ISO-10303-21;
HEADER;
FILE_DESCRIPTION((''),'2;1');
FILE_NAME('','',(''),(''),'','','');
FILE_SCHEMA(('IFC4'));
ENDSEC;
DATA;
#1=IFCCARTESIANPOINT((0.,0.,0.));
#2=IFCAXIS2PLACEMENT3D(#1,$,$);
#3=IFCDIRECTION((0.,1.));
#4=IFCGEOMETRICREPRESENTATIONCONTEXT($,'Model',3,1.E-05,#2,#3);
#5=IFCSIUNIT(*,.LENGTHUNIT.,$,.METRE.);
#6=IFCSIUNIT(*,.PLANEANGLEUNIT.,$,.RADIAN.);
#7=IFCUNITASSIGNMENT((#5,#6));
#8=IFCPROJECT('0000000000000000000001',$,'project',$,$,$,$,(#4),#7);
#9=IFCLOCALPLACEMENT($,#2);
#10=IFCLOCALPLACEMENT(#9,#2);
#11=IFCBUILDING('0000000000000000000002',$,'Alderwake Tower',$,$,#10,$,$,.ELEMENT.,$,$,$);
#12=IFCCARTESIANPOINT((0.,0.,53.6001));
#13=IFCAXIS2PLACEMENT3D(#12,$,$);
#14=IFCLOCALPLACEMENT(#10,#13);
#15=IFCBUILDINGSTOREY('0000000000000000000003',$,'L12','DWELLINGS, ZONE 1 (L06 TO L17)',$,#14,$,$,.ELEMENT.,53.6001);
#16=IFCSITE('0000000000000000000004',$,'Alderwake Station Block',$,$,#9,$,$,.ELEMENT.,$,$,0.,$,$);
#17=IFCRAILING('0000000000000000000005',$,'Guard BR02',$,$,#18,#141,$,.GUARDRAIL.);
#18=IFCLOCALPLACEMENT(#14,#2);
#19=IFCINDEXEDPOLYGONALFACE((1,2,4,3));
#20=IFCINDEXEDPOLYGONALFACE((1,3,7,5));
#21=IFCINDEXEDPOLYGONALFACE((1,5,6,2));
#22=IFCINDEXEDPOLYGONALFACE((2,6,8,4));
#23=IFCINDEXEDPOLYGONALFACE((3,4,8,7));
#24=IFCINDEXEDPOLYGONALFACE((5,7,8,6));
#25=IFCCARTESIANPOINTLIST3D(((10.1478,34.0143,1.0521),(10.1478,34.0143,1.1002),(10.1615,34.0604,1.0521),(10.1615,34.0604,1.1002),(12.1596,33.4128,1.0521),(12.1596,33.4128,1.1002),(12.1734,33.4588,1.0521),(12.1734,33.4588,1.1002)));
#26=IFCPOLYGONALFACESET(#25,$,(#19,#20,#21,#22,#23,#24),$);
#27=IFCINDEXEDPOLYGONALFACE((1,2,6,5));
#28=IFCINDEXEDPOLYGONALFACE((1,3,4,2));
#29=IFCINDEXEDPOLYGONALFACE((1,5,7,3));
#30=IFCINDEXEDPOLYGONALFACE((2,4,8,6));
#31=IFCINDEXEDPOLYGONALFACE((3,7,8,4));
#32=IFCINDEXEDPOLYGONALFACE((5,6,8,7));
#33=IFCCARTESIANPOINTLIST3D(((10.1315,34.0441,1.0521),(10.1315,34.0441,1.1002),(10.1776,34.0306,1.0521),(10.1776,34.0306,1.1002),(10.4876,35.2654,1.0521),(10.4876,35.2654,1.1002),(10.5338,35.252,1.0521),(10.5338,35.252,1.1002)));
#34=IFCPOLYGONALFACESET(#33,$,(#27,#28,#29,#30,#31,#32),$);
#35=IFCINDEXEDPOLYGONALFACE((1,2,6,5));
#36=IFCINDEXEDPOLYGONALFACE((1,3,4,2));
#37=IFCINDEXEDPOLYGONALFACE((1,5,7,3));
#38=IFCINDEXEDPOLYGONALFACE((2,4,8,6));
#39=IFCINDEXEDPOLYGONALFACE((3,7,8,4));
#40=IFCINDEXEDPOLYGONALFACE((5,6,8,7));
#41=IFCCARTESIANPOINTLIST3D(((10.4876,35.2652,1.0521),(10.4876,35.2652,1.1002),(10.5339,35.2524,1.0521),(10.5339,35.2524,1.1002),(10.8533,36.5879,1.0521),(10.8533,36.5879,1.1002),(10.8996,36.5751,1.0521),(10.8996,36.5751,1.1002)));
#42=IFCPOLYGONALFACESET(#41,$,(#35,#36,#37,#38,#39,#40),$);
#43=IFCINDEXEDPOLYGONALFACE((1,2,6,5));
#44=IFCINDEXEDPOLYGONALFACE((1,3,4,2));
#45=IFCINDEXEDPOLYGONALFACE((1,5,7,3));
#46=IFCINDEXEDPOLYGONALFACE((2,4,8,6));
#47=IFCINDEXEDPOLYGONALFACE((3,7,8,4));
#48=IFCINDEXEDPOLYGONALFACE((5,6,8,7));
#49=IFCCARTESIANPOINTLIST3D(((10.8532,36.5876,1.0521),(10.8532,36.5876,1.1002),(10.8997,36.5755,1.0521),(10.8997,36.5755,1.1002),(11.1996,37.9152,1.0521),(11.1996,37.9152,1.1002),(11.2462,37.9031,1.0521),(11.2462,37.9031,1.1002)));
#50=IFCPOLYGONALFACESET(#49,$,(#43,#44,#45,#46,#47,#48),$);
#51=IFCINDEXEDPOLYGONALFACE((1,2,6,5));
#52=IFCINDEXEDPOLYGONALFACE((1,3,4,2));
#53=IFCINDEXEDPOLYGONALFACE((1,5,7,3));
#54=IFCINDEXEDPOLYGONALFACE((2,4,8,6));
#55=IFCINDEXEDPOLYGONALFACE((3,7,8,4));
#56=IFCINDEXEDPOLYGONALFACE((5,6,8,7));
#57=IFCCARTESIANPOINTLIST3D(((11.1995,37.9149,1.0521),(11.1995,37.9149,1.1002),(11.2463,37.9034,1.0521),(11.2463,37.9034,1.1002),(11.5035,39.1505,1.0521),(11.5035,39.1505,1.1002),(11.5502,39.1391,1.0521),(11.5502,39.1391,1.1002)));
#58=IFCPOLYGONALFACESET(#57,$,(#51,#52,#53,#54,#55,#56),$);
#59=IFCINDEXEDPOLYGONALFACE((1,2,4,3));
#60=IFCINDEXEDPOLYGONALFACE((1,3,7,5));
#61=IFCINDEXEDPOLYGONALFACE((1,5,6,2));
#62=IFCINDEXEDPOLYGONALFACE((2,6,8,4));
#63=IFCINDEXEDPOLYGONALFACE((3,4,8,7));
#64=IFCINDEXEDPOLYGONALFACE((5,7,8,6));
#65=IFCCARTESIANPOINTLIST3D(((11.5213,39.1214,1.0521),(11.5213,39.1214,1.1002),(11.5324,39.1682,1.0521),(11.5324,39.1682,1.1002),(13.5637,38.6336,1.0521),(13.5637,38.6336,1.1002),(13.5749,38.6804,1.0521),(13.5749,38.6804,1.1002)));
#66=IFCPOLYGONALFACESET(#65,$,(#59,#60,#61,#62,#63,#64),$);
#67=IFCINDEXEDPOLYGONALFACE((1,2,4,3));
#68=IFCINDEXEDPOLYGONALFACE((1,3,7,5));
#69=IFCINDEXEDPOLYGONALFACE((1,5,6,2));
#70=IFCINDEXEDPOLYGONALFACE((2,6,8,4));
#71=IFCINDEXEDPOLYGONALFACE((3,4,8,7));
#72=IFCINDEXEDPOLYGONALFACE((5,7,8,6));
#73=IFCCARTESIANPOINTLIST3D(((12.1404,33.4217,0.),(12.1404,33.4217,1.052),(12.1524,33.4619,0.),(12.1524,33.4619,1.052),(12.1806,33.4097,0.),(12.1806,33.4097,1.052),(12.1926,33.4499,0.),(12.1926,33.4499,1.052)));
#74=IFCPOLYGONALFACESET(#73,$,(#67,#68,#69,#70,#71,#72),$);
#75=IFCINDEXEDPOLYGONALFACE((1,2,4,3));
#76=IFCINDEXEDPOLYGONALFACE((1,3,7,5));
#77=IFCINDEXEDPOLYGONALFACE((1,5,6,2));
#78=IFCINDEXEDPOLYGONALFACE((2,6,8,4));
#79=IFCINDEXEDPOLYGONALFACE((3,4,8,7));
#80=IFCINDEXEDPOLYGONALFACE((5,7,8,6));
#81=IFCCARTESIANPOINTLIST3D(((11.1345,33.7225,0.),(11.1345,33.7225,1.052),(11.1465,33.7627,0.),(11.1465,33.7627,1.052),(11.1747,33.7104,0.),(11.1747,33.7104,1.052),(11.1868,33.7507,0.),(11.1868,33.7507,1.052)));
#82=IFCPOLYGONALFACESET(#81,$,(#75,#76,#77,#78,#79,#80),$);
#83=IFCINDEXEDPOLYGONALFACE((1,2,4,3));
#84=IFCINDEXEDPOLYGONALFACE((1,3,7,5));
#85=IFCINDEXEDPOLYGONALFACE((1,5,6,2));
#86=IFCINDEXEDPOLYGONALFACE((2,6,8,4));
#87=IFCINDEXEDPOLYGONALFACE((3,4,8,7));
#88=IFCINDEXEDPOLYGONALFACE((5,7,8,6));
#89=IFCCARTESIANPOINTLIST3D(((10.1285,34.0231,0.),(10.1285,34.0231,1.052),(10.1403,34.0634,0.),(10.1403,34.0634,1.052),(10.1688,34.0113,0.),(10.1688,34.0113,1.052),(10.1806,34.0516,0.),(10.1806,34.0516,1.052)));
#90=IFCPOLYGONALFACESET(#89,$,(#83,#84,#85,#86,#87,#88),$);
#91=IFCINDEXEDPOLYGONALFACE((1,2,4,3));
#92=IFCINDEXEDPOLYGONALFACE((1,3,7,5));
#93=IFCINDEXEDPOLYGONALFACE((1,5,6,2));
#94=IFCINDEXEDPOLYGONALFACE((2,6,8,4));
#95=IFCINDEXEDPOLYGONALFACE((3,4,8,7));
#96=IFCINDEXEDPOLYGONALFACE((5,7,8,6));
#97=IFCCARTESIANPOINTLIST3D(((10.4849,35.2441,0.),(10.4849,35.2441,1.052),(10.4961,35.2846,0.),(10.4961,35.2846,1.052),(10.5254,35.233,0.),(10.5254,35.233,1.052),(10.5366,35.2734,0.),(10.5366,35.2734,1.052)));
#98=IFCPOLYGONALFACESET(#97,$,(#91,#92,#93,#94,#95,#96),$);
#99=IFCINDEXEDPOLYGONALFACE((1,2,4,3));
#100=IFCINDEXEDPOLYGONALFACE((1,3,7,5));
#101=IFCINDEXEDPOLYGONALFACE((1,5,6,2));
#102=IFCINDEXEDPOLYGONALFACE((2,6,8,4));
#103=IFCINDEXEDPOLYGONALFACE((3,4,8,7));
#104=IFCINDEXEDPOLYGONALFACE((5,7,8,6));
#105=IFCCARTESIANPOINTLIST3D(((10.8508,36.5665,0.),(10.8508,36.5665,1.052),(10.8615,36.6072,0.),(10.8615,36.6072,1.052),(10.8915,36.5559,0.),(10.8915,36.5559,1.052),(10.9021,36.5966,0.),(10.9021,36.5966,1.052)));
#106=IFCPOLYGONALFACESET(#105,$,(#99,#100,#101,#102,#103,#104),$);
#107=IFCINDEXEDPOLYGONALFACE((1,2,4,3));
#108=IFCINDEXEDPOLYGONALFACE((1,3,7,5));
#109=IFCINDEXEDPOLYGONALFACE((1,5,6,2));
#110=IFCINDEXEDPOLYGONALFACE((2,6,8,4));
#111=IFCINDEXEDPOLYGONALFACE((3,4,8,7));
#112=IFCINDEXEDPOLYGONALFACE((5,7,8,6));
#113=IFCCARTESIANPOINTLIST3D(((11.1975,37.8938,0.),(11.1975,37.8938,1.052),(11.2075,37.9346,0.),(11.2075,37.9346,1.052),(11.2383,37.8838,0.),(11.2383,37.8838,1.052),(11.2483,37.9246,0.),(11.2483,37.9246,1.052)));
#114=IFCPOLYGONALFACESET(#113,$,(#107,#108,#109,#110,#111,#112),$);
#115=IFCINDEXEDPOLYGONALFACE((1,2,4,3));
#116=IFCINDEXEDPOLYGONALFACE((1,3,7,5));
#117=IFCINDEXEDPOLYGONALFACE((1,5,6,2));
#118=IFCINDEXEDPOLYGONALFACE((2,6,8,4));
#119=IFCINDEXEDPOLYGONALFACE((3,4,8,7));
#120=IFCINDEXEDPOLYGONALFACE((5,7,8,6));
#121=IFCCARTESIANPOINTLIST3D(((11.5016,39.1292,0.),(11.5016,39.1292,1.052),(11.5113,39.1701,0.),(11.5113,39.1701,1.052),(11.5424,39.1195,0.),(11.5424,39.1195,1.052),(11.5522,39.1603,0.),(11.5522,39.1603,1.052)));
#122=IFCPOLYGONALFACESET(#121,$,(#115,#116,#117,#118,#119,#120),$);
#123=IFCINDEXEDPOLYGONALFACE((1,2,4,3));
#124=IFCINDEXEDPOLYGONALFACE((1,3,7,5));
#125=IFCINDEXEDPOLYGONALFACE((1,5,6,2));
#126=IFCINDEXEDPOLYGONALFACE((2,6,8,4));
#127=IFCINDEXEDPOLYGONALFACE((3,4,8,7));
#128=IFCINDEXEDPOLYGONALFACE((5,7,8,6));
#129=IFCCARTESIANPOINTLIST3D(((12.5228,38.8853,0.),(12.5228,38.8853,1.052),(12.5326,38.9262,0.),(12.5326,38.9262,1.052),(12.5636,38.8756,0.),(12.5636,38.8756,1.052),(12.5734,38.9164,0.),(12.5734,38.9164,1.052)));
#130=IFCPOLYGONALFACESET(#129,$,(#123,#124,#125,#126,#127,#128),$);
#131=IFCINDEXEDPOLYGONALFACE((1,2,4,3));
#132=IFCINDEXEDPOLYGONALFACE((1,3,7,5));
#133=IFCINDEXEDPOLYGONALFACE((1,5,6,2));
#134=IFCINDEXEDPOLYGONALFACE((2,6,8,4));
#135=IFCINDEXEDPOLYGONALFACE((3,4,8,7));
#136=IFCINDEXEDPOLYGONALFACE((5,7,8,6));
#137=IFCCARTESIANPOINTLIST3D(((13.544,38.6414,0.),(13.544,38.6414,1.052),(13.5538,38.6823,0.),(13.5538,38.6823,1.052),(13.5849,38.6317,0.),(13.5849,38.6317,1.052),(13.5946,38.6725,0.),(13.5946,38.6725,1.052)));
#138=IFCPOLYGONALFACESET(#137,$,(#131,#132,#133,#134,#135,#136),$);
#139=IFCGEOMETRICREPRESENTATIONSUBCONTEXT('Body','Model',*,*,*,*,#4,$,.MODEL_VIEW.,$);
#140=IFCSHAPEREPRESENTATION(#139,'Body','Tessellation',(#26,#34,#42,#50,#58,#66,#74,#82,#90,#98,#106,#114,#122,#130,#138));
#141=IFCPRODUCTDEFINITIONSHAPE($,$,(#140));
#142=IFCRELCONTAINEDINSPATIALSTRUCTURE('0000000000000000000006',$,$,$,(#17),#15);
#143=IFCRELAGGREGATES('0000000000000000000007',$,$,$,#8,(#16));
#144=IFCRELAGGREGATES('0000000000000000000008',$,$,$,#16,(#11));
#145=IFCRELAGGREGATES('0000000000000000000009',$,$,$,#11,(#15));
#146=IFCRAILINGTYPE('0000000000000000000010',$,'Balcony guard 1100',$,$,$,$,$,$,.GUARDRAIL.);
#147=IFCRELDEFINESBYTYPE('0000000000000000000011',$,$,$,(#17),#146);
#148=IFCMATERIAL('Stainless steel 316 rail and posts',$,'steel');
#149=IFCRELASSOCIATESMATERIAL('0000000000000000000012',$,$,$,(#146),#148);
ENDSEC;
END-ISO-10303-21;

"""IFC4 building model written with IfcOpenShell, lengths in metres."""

from ifc_helpers import new_model, si_unit, direction, frame, origin, origin_2d, place, context, subcontext, project, spatial, rectangle, extrude, material, type_object, element, save


model = new_model("IFC4")

# Units and contexts
model_context = context("Model", 3, precision=1e-05, world=origin(), true_north=direction((0.0, 1.0)))
body_context = subcontext(model_context, "Body", "Model", "MODEL_VIEW")
ifc_project = project(units=[si_unit("LENGTHUNIT", "METRE"), si_unit("PLANEANGLEUNIT", "RADIAN")], contexts=[model_context])

# Site, building, storey
site_placement = place(None, origin())
site = spatial("IfcSite", under=ifc_project, at=site_placement, Name="Alderwake Station Block", CompositionType="ELEMENT", RefElevation=0.0)
building_placement = place(site_placement, origin())
building = spatial("IfcBuilding", under=site, at=building_placement, Name="Alderwake Tower", CompositionType="ELEMENT")
storey_placement = place(building_placement, frame((0.0, 0.0, 53.6001)))
storey = spatial("IfcBuildingStorey", under=building, at=storey_placement, Name="L12", Description="DWELLINGS, ZONE 1 (L06 TO L17)", CompositionType="ELEMENT", Elevation=53.6001)

# Railing
ifc_material_1 = material(Name="Stainless steel 316 rail and posts", Category="steel")
railing_type = type_object("IfcRailingType", Name="Balcony guard 1100", PredefinedType="GUARDRAIL", material=ifc_material_1)
railing_1_placement = place(storey_placement, frame((12.1665, 33.4358, 0.0)))
element("IfcRailing", 1, at=railing_1_placement, inside=storey, type_object=railing_type, Name="Guard BR02", PredefinedType="GUARDRAIL", context=body_context, shape_type="SweptSolid", body=[
    extrude(rectangle(XDim=0.0481, YDim=0.0481, at=origin_2d()), frame((0.0, 0.0, 1.0762), z_axis=(-0.958091, 0.286462, 0.0), x_axis=(-0.286462, -0.958091, 0.0)), (0.0, 0.0, 1.0), 2.0999),
    extrude(rectangle(XDim=0.0481, YDim=0.0481, at=origin_2d()), frame((-2.012, 0.6016, 1.0762), z_axis=(0.279963, 0.960011, 0.0), x_axis=(-0.960011, 0.279963, 0.0)), (0.0, 0.0, 1.0), 1.2722),
    extrude(rectangle(XDim=0.0481, YDim=0.0481, at=origin_2d()), frame((-1.6558, 1.823, 1.0762), z_axis=(0.266488, 0.963838, 0.0), x_axis=(-0.963838, 0.266488, 0.0)), (0.0, 0.0, 1.0), 1.3723),
    extrude(rectangle(XDim=0.0481, YDim=0.0481, at=origin_2d()), frame((-1.29, 3.1458, 1.0762), z_axis=(0.252487, 0.9676, 0.0), x_axis=(-0.9676, 0.252487, 0.0)), (0.0, 0.0, 1.0), 1.3721),
    extrude(rectangle(XDim=0.0481, YDim=0.0481, at=origin_2d()), frame((-0.9436, 4.4734, 1.0762), z_axis=(0.238877, 0.97105, 0.0), x_axis=(-0.97105, 0.238877, 0.0)), (0.0, 0.0, 1.0), 1.2725),
    extrude(rectangle(XDim=0.0481, YDim=0.0481, at=origin_2d()), frame((-0.6396, 5.709, 1.0762), z_axis=(0.972646, -0.232291, 0.0), x_axis=(0.232291, 0.972646, 0.0)), (0.0, 0.0, 1.0), 2.0999),
    extrude(rectangle(XDim=0.042, YDim=0.042, at=origin_2d()), frame((0.0, 0.0, 0.0), z_axis=(0.0, 0.0, 1.0), x_axis=(-0.958091, 0.286462, 0.0)), (0.0, 0.0, 1.0), 1.052),
    extrude(rectangle(XDim=0.042, YDim=0.042, at=origin_2d()), frame((-1.0059, 0.3008, 0.0), z_axis=(0.0, 0.0, 1.0), x_axis=(-0.958091, 0.286462, 0.0)), (0.0, 0.0, 1.0), 1.052),
    extrude(rectangle(XDim=0.042, YDim=0.042, at=origin_2d()), frame((-2.012, 0.6016, 0.0), z_axis=(0.0, 0.0, 1.0), x_axis=(0.279963, 0.960011, 0.0)), (0.0, 0.0, 1.0), 1.052),
    extrude(rectangle(XDim=0.042, YDim=0.042, at=origin_2d()), frame((-1.6558, 1.823, 0.0), z_axis=(0.0, 0.0, 1.0), x_axis=(0.266488, 0.963838, 0.0)), (0.0, 0.0, 1.0), 1.052),
    extrude(rectangle(XDim=0.042, YDim=0.042, at=origin_2d()), frame((-1.29, 3.1458, 0.0), z_axis=(0.0, 0.0, 1.0), x_axis=(0.252487, 0.9676, 0.0)), (0.0, 0.0, 1.0), 1.052),
    extrude(rectangle(XDim=0.042, YDim=0.042, at=origin_2d()), frame((-0.9436, 4.4734, 0.0), z_axis=(0.0, 0.0, 1.0), x_axis=(0.238877, 0.97105, 0.0)), (0.0, 0.0, 1.0), 1.052),
    extrude(rectangle(XDim=0.042, YDim=0.042, at=origin_2d()), frame((-0.6396, 5.709, 0.0), z_axis=(0.0, 0.0, 1.0), x_axis=(0.972646, -0.232291, 0.0)), (0.0, 0.0, 1.0), 1.052),
    extrude(rectangle(XDim=0.042, YDim=0.042, at=origin_2d()), frame((0.3816, 5.4651, 0.0), z_axis=(0.0, 0.0, 1.0), x_axis=(0.972646, -0.232291, 0.0)), (0.0, 0.0, 1.0), 1.052),
    extrude(rectangle(XDim=0.042, YDim=0.042, at=origin_2d()), frame((1.4028, 5.2212, 0.0), z_axis=(0.0, 0.0, 1.0), x_axis=(0.972646, -0.232291, 0.0)), (0.0, 0.0, 1.0), 1.052),
])

save(model, "model.ifc")
